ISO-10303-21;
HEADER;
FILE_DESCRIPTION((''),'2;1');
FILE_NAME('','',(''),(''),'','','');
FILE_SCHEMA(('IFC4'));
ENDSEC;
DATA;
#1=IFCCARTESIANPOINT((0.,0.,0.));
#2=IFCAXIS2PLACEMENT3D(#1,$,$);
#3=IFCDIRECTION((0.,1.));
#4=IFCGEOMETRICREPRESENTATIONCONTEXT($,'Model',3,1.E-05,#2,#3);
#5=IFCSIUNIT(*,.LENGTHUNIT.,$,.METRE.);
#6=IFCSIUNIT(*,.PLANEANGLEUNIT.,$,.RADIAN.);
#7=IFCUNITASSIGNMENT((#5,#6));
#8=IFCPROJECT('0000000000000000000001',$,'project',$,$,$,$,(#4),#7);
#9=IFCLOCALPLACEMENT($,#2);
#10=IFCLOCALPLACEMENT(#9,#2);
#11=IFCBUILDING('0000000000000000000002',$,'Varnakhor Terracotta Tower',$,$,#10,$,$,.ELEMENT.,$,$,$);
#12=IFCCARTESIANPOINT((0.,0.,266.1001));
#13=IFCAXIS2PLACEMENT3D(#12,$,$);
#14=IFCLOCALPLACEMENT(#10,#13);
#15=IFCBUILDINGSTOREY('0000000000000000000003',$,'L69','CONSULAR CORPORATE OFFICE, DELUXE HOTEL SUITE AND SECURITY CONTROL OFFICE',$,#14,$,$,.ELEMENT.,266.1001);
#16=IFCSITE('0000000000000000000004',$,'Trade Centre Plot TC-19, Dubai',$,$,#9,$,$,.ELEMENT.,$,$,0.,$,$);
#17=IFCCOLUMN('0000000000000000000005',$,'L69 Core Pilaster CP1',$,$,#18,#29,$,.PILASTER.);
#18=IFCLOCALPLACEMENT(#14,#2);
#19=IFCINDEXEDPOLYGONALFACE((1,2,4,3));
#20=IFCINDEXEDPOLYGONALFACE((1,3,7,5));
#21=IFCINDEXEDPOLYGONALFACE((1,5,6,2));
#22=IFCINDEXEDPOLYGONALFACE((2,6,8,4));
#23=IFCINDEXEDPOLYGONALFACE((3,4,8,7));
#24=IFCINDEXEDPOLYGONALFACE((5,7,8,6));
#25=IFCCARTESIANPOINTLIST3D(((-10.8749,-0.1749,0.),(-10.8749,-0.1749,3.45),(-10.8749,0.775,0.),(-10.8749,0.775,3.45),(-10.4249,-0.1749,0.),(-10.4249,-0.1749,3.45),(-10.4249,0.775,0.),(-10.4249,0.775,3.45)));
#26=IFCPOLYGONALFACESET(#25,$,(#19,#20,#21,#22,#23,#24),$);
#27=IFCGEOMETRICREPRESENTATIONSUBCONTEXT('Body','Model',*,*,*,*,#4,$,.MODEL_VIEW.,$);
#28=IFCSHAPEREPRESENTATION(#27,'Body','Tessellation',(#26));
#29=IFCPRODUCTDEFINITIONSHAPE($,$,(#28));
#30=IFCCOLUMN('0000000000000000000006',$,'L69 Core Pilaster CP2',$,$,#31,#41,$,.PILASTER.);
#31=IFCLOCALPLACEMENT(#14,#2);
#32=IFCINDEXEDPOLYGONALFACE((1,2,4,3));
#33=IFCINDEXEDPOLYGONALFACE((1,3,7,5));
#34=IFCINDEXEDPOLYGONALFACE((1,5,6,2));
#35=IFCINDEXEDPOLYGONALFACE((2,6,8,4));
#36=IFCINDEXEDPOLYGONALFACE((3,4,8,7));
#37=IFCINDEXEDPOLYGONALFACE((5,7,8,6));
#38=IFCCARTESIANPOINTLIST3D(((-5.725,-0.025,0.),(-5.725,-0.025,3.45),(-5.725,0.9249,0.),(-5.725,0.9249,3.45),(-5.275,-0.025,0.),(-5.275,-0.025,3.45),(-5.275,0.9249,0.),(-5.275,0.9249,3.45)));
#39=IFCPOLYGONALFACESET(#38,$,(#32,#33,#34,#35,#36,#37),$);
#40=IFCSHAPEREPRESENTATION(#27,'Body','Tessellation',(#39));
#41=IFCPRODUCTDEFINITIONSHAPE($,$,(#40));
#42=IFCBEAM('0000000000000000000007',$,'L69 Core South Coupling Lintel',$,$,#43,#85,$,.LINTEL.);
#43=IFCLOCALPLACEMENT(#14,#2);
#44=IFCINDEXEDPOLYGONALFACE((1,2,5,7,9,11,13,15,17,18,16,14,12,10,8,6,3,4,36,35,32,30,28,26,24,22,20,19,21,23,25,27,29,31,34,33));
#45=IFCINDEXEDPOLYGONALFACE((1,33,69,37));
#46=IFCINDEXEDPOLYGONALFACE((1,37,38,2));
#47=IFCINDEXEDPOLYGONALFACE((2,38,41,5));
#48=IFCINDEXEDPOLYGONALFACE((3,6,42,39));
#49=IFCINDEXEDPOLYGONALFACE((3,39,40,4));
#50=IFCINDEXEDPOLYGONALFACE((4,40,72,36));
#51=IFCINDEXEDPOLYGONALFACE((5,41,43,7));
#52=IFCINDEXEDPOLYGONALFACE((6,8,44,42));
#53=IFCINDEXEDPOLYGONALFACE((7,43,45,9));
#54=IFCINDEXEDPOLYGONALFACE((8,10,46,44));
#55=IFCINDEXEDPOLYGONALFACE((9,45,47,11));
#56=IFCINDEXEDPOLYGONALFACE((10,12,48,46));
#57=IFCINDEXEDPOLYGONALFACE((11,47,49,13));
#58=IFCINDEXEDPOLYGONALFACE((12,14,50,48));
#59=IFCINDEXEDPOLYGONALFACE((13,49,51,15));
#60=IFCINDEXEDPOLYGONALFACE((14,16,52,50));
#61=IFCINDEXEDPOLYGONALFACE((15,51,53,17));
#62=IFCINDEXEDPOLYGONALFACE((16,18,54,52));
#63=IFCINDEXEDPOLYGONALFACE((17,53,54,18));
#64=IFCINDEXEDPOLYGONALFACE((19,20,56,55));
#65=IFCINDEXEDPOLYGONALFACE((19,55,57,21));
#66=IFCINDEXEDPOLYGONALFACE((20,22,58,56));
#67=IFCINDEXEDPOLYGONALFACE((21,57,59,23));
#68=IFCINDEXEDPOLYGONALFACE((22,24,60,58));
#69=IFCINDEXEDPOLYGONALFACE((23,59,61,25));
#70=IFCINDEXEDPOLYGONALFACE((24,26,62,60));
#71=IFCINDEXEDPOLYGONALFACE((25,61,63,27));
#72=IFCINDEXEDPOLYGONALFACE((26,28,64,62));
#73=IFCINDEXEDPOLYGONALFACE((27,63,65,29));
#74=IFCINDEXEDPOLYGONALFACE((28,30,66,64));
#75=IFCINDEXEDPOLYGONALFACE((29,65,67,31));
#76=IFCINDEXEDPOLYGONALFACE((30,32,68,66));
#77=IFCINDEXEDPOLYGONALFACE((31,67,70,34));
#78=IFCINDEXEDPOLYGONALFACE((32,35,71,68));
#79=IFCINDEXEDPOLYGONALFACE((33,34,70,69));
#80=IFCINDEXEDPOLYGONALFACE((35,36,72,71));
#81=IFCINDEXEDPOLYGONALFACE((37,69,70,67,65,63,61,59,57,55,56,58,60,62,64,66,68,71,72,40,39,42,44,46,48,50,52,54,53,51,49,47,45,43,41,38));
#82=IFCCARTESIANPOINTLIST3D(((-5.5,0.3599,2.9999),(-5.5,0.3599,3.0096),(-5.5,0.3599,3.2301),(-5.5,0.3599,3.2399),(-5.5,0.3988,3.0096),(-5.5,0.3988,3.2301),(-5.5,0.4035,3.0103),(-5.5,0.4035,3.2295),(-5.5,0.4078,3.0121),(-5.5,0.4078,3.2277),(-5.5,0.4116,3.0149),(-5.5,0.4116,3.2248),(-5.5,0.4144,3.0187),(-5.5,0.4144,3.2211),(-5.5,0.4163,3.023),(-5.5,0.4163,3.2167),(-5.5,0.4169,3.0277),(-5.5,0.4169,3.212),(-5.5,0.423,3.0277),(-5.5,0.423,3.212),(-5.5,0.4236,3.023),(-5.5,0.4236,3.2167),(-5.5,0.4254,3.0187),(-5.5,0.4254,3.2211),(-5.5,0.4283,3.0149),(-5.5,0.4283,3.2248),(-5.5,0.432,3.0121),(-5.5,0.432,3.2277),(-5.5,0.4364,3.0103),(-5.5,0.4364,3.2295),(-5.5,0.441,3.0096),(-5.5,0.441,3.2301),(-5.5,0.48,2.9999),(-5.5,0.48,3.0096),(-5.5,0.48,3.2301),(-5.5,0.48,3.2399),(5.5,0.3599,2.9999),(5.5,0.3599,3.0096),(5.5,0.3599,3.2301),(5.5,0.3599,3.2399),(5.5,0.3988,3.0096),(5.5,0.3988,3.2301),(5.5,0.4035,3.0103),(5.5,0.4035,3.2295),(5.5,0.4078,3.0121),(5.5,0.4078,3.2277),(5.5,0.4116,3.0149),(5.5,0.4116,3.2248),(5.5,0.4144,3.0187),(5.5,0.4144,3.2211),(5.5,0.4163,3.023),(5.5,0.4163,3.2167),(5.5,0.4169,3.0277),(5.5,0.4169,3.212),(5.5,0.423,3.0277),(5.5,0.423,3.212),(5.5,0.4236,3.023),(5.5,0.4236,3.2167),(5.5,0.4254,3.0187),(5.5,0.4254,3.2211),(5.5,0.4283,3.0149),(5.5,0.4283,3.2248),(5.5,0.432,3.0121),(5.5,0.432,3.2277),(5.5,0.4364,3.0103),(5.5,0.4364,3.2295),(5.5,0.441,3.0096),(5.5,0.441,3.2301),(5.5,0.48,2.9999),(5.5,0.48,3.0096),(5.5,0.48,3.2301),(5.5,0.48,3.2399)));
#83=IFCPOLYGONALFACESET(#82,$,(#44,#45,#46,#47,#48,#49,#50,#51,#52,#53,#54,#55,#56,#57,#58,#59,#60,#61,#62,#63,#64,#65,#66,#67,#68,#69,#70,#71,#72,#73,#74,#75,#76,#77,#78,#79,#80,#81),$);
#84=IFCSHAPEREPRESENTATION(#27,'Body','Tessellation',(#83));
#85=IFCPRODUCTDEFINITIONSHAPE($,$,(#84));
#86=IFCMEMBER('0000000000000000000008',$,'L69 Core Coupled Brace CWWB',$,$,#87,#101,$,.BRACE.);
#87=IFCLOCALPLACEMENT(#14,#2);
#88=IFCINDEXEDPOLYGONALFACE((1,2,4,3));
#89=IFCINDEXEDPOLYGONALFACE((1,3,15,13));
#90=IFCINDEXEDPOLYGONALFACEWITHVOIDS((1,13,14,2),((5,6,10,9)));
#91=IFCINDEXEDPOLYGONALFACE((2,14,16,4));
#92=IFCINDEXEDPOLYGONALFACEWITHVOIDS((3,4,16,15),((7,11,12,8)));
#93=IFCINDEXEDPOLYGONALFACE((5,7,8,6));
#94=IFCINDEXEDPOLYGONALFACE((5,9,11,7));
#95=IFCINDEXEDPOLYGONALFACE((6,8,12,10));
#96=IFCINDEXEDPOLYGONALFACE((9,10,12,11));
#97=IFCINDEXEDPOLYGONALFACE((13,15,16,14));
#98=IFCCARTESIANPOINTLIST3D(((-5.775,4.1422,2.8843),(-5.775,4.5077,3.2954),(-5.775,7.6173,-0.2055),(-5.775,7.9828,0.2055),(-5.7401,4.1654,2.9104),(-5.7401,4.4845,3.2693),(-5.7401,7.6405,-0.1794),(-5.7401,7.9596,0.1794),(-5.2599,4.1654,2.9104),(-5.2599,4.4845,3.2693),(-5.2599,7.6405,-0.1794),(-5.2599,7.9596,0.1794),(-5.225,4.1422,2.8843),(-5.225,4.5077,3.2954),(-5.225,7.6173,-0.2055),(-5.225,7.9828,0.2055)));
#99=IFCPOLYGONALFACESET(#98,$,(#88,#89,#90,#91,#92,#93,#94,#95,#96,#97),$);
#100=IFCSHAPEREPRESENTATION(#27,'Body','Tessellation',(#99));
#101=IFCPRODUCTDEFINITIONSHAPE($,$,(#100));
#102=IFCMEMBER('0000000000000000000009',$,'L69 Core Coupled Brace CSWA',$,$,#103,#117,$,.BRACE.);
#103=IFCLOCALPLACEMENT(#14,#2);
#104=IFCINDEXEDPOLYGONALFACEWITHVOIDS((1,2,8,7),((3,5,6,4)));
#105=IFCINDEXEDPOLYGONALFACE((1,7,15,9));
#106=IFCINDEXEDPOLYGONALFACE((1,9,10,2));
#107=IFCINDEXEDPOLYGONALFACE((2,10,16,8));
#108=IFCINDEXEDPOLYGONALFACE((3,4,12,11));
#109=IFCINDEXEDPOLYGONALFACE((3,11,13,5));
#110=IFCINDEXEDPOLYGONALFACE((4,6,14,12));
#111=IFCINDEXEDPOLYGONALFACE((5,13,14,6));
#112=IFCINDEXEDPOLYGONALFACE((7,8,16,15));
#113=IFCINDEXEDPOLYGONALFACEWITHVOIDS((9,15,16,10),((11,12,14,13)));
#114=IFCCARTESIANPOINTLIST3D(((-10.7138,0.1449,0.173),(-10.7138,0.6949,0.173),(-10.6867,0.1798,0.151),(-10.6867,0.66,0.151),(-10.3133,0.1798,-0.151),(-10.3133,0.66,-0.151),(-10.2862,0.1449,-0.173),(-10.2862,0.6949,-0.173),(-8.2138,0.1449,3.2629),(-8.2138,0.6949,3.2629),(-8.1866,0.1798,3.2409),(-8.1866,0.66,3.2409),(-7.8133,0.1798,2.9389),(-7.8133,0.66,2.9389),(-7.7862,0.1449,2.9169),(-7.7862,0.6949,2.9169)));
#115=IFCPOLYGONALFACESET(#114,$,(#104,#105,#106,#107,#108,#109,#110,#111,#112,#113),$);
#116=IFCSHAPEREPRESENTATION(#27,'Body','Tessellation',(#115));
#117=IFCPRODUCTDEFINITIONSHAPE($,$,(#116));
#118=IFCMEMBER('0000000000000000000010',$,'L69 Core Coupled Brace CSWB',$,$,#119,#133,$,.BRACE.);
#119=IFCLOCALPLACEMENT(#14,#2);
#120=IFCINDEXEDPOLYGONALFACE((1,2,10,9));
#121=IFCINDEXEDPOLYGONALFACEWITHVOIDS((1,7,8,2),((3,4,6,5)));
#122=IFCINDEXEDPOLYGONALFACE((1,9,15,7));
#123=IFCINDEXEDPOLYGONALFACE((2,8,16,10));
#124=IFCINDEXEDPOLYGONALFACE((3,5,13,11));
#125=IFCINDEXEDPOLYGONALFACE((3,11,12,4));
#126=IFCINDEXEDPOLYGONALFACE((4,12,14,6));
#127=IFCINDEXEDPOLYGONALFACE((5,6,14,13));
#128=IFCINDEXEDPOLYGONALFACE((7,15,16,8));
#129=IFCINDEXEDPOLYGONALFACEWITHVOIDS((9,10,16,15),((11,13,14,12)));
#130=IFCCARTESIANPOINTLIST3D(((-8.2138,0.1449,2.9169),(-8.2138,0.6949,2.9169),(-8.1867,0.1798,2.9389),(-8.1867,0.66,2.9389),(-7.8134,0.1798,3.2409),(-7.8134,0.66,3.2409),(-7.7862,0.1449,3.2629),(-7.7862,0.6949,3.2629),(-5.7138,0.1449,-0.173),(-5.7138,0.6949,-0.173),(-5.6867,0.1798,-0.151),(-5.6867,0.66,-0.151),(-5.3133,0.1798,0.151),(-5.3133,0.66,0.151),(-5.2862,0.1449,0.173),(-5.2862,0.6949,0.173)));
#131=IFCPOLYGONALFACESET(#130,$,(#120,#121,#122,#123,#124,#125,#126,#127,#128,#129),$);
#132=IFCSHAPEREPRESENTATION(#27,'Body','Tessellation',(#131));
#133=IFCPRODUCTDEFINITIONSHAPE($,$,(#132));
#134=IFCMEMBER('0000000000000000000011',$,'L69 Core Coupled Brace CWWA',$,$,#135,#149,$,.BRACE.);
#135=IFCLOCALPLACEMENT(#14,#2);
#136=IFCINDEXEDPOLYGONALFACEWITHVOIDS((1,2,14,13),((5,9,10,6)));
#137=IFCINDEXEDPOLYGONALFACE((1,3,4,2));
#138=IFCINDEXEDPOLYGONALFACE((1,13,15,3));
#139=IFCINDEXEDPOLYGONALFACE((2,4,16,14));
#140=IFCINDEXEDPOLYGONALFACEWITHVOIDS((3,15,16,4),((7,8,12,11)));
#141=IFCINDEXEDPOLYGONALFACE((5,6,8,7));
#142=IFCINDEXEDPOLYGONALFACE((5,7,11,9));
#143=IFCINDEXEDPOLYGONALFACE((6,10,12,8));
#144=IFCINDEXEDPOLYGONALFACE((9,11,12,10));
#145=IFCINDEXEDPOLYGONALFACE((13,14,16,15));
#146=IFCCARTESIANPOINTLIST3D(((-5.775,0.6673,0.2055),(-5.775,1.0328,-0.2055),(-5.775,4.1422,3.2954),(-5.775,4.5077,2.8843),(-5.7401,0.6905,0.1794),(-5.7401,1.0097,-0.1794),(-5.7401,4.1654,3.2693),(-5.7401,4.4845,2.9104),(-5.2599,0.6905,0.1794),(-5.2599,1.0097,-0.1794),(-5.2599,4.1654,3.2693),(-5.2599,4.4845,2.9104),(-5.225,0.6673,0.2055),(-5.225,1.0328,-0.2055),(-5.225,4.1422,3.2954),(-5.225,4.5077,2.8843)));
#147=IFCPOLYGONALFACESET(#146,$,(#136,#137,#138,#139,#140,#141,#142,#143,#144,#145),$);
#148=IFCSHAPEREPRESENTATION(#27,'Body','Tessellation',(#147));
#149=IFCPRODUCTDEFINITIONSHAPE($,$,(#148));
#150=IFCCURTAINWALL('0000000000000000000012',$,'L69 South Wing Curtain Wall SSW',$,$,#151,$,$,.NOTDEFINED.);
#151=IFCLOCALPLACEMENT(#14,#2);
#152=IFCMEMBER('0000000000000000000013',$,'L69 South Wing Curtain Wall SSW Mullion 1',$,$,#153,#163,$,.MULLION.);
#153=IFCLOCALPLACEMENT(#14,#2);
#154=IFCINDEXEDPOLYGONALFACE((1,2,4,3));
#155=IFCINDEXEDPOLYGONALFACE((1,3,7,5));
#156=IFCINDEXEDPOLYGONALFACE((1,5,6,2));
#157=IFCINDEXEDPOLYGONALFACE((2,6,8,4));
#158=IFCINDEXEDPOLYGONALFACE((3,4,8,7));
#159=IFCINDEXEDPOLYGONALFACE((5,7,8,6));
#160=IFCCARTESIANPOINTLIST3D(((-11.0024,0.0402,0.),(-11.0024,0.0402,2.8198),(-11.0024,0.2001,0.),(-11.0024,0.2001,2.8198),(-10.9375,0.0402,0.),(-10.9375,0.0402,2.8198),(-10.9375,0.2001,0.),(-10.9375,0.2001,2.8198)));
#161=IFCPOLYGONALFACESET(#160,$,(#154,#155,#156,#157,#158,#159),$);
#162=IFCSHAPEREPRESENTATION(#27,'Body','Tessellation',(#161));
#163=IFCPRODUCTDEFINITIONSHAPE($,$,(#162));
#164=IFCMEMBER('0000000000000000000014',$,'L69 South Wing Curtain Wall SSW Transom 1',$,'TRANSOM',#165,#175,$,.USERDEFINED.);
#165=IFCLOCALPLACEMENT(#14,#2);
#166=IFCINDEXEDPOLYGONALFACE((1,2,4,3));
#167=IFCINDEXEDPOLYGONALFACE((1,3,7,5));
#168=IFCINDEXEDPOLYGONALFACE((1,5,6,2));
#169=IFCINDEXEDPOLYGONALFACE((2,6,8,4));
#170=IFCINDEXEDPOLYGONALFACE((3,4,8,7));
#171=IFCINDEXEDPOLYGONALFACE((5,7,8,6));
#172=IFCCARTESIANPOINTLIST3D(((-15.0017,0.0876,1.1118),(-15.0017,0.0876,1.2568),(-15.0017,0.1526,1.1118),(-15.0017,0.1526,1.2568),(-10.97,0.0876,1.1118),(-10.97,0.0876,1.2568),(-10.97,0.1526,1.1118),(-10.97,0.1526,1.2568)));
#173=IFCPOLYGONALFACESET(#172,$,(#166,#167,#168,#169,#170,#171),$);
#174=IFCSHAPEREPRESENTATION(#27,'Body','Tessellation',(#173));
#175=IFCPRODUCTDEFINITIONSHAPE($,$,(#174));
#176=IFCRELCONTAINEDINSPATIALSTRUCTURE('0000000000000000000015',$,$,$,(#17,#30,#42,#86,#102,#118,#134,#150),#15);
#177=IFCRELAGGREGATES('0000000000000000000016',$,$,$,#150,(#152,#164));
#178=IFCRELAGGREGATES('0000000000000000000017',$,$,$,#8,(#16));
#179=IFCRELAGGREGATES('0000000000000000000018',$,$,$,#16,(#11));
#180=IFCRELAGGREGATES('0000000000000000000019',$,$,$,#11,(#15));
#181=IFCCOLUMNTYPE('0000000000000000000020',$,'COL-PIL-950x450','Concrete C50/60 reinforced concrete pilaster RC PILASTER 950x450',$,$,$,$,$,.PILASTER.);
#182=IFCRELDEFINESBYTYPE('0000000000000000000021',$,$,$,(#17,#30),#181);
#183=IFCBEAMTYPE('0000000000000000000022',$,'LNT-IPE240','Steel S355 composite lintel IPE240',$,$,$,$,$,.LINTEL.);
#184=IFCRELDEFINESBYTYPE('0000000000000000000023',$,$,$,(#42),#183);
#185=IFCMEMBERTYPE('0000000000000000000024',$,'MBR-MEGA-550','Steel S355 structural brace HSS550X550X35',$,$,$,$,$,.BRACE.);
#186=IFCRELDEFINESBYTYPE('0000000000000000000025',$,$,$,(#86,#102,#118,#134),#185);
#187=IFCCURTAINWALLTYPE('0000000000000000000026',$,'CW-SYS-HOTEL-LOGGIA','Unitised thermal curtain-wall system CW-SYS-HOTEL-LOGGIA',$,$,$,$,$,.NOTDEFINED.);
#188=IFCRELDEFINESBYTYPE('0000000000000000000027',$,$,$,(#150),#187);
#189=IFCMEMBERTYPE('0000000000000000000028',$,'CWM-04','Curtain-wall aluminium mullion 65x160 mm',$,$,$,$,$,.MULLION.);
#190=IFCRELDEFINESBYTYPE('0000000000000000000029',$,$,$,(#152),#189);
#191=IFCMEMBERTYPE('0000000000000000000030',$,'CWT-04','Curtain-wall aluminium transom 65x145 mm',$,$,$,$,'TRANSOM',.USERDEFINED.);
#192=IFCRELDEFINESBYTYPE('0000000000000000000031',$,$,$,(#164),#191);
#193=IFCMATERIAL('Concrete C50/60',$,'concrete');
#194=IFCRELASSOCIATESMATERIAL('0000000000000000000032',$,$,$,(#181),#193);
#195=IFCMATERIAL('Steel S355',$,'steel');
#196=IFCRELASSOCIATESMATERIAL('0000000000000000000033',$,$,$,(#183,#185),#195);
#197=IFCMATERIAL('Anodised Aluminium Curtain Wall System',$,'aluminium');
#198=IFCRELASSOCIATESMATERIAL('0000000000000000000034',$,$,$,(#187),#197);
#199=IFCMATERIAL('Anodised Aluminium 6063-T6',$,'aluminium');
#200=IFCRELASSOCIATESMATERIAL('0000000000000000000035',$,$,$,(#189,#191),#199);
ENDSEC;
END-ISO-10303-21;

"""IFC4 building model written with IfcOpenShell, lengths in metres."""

from ifc_helpers import new_model, si_unit, direction, frame, origin, origin_2d, place, context, subcontext, project, spatial, rectangle, hollow_rectangle, i_section, extrude, source, transform, mapped, material, material_profile, profile_set, type_object, type_shapes, element, aggregate, save


model = new_model("IFC4")

# Units and contexts
model_context = context("Model", 3, precision=1e-05, world=origin(), true_north=direction((0.0, 1.0)))
body_context = subcontext(model_context, "Body", "Model", "MODEL_VIEW")
ifc_project = project(units=[si_unit("LENGTHUNIT", "METRE"), si_unit("PLANEANGLEUNIT", "RADIAN")], contexts=[model_context])

# Site, building, storey
site_placement = place(None, origin())
site = spatial("IfcSite", under=ifc_project, at=site_placement, Name="Trade Centre Plot TC-19, Dubai", CompositionType="ELEMENT", RefElevation=0.0)
building_placement = place(site_placement, origin())
building = spatial("IfcBuilding", under=site, at=building_placement, Name="Varnakhor Terracotta Tower", CompositionType="ELEMENT")
storey_placement = place(building_placement, frame((0.0, 0.0, 266.1001)))
storey = spatial("IfcBuildingStorey", under=building, at=storey_placement, Name="L69", Description="CONSULAR CORPORATE OFFICE, DELUXE HOTEL SUITE AND SECURITY CONTROL OFFICE", CompositionType="ELEMENT", Elevation=266.1001)

# Columns
ifc_material_1 = material(Name="Concrete C50/60", Category="concrete")
ifc_material_profile_1 = material_profile(ifc_material_1, rectangle(XDim=0.45, YDim=0.95, at=origin_2d()), Name="RC PILASTER 950x450")
ifc_profile_set_1 = profile_set([ifc_material_profile_1], Name="Concrete C50/60")
column_type = type_object("IfcColumnType", Name="COL-PIL-950x450", Description="Concrete C50/60 reinforced concrete pilaster RC PILASTER 950x450", PredefinedType="PILASTER", material=ifc_profile_set_1)
shared_shape_1 = source(origin(), body_context, "Body", "SweptSolid", [
    extrude(rectangle(XDim=0.45, YDim=0.95, at=origin_2d()), origin(), (0.0, 0.0, 1.0), 3.45),
])
for number, where, z_axis, x_axis, name in (
    (1, (-10.6499, 0.3, 0.0), (0.0, 0.0, 1.0), (1.0, 0.0, 0.0), "L69 Core Pilaster CP1"),
    (2, (-5.5, 0.45, 0.0), (0.0, 0.0, 1.0), (1.0, 0.0, 0.0), "L69 Core Pilaster CP2"),
):
    element("IfcColumn", number, at=place(storey_placement, frame(where, z_axis=z_axis, x_axis=x_axis)), inside=storey, type_object=column_type, Name=name, PredefinedType="PILASTER", context=body_context, shape_type="MappedRepresentation", body=[
        mapped(shared_shape_1, transform((0.0, 0.0, 0.0), scale=1.0)),
    ])

# Beam
ifc_material_2 = material(Name="Steel S355", Category="steel")
ifc_material_profile_2 = material_profile(ifc_material_2, i_section(OverallWidth=0.1201, OverallDepth=0.24, WebThickness=0.0061, FlangeThickness=0.0098, FilletRadius=0.0181, at=origin_2d()), Name="IPE240")
ifc_profile_set_2 = profile_set([ifc_material_profile_2], Name="Steel S355")
beam_type = type_object("IfcBeamType", Name="LNT-IPE240", Description="Steel S355 composite lintel IPE240", PredefinedType="LINTEL", material=ifc_profile_set_2)
shared_shape_2 = source(origin(), body_context, "Body", "SweptSolid", [
    extrude(i_section(OverallWidth=0.1201, OverallDepth=0.24, WebThickness=0.0061, FlangeThickness=0.0098, FilletRadius=0.0181, at=origin_2d()), origin(), (0.0, 0.0, 1.0), 11.0),
])
type_shapes(beam_type, [shared_shape_2])
beam_placement = place(storey_placement, frame((-5.5, 0.4199, 3.1199), z_axis=(1.0, 0.0, 0.0), x_axis=(0.0, 1.0, 0.0)))
element("IfcBeam", 3, at=beam_placement, inside=storey, type_object=beam_type, Name="L69 Core South Coupling Lintel", PredefinedType="LINTEL", context=body_context, shape_type="MappedRepresentation", body=[
    mapped(shared_shape_2, transform((0.0, 0.0, 0.0), scale=1.0)),
])

# Members
ifc_material_profile_3 = material_profile(ifc_material_2, hollow_rectangle(XDim=0.55, YDim=0.55, WallThickness=0.0349, at=origin_2d()), Name="HSS550X550X35")
ifc_profile_set_3 = profile_set([ifc_material_profile_3], Name="Steel S355")
member_type_1 = type_object("IfcMemberType", Name="MBR-MEGA-550", Description="Steel S355 structural brace HSS550X550X35", PredefinedType="BRACE", material=ifc_profile_set_3)
shared_shape_3 = source(origin(), body_context, "Body", "SweptSolid", [
    extrude(hollow_rectangle(XDim=0.55, YDim=0.55, WallThickness=0.0349, at=origin_2d()), origin(), (0.0, 0.0, 1.0), 4.6501),
])
member_1_placement = place(storey_placement, frame((-5.5, 7.8, 0.0), z_axis=(0.0, -0.747317, 0.664468), x_axis=(1.0, 0.0, 0.0)))
element("IfcMember", 4, at=member_1_placement, inside=storey, type_object=member_type_1, Name="L69 Core Coupled Brace CWWB", PredefinedType="BRACE", context=body_context, shape_type="MappedRepresentation", body=[
    mapped(shared_shape_3, transform((0.0, 0.0, 0.0), scale=1.0)),
])
shared_shape_4 = source(origin(), body_context, "Body", "SweptSolid", [
    extrude(hollow_rectangle(XDim=0.55, YDim=0.55, WallThickness=0.0349, at=origin_2d()), origin(), (0.0, 0.0, 1.0), 3.9746),
])
for number, where, z_axis, x_axis, name in (
    (5, (-10.5, 0.4199, 0.0), (0.629, 0.0, 0.777405), (0.0, 1.0, 0.0), "L69 Core Coupled Brace CSWA"),
    (6, (-5.5, 0.4199, 0.0), (-0.629, 0.0, 0.777405), (0.0, -1.0, 0.0), "L69 Core Coupled Brace CSWB"),
):
    element("IfcMember", number, at=place(storey_placement, frame(where, z_axis=z_axis, x_axis=x_axis)), inside=storey, type_object=member_type_1, Name=name, PredefinedType="BRACE", context=body_context, shape_type="MappedRepresentation", body=[
        mapped(shared_shape_4, transform((0.0, 0.0, 0.0), scale=1.0)),
    ])
shared_shape_5 = source(origin(), body_context, "Body", "SweptSolid", [
    extrude(hollow_rectangle(XDim=0.55, YDim=0.55, WallThickness=0.0349, at=origin_2d()), origin(), (0.0, 0.0, 1.0), 4.6499),
])
member_2_placement = place(storey_placement, frame((-5.5, 0.8501, 0.0), z_axis=(0.0, 0.747293, 0.664494), x_axis=(-1.0, 0.0, 0.0)))
element("IfcMember", 7, at=member_2_placement, inside=storey, type_object=member_type_1, Name="L69 Core Coupled Brace CWWA", PredefinedType="BRACE", context=body_context, shape_type="MappedRepresentation", body=[
    mapped(shared_shape_5, transform((0.0, 0.0, 0.0), scale=1.0)),
])

# Curtain wall, members
ifc_material_3 = material(Name="Anodised Aluminium Curtain Wall System", Category="aluminium")
curtain_wall_type = type_object("IfcCurtainWallType", Name="CW-SYS-HOTEL-LOGGIA", Description="Unitised thermal curtain-wall system CW-SYS-HOTEL-LOGGIA", PredefinedType="NOTDEFINED", material=ifc_material_3)
curtain_wall_placement = place(storey_placement, origin())
curtain_wall = element("IfcCurtainWall", 8, at=curtain_wall_placement, inside=storey, type_object=curtain_wall_type, Name="L69 South Wing Curtain Wall SSW", PredefinedType="NOTDEFINED")
ifc_material_4 = material(Name="Anodised Aluminium 6063-T6", Category="aluminium")
ifc_material_profile_4 = material_profile(ifc_material_4, rectangle(XDim=0.0649, YDim=0.1599, at=origin_2d()), Name="ALU MULLION 65x160")
ifc_profile_set_4 = profile_set([ifc_material_profile_4], Name="Anodised Aluminium 6063-T6")
member_type_2 = type_object("IfcMemberType", Name="CWM-04", Description="Curtain-wall aluminium mullion 65x160 mm", PredefinedType="MULLION", material=ifc_profile_set_4)
shared_shape_6 = source(origin(), body_context, "Body", "SweptSolid", [
    extrude(rectangle(XDim=0.0649, YDim=0.1599, at=origin_2d()), origin(), (0.0, 0.0, 1.0), 2.8198),
])
member_3_placement = place(storey_placement, frame((-10.97, 0.1201, 0.0), z_axis=(0.0, 0.0, 1.0), x_axis=(1.0, 0.0, 0.0)))
member_3 = element("IfcMember", 9, at=member_3_placement, type_object=member_type_2, Name="L69 South Wing Curtain Wall SSW Mullion 1", PredefinedType="MULLION", context=body_context, shape_type="MappedRepresentation", body=[
    mapped(shared_shape_6, transform((0.0, 0.0, 0.0), scale=1.0)),
])
ifc_material_profile_5 = material_profile(ifc_material_4, rectangle(XDim=0.0649, YDim=0.145, at=origin_2d()), Name="ALU TRANSOM 65x145")
ifc_profile_set_5 = profile_set([ifc_material_profile_5], Name="Anodised Aluminium 6063-T6")
member_type_3 = type_object("IfcMemberType", Name="CWT-04", Description="Curtain-wall aluminium transom 65x145 mm", ElementType="TRANSOM", PredefinedType="USERDEFINED", material=ifc_profile_set_5)
shared_shape_7 = source(origin(), body_context, "Body", "SweptSolid", [
    extrude(rectangle(XDim=0.0649, YDim=0.145, at=origin_2d()), origin(), (0.0, 0.0, 1.0), 4.0317),
])
member_4_placement = place(storey_placement, frame((-10.97, 0.1201, 1.1843), z_axis=(-1.0, 0.0, 0.0), x_axis=(0.0, -1.0, 0.0)))
member_4 = element("IfcMember", 10, at=member_4_placement, type_object=member_type_3, Name="L69 South Wing Curtain Wall SSW Transom 1", ObjectType="TRANSOM", PredefinedType="USERDEFINED", context=body_context, shape_type="MappedRepresentation", body=[
    mapped(shared_shape_7, transform((0.0, 0.0, 0.0), scale=1.0)),
])
aggregate(curtain_wall, [member_3, member_4])

save(model, "model.ifc")
